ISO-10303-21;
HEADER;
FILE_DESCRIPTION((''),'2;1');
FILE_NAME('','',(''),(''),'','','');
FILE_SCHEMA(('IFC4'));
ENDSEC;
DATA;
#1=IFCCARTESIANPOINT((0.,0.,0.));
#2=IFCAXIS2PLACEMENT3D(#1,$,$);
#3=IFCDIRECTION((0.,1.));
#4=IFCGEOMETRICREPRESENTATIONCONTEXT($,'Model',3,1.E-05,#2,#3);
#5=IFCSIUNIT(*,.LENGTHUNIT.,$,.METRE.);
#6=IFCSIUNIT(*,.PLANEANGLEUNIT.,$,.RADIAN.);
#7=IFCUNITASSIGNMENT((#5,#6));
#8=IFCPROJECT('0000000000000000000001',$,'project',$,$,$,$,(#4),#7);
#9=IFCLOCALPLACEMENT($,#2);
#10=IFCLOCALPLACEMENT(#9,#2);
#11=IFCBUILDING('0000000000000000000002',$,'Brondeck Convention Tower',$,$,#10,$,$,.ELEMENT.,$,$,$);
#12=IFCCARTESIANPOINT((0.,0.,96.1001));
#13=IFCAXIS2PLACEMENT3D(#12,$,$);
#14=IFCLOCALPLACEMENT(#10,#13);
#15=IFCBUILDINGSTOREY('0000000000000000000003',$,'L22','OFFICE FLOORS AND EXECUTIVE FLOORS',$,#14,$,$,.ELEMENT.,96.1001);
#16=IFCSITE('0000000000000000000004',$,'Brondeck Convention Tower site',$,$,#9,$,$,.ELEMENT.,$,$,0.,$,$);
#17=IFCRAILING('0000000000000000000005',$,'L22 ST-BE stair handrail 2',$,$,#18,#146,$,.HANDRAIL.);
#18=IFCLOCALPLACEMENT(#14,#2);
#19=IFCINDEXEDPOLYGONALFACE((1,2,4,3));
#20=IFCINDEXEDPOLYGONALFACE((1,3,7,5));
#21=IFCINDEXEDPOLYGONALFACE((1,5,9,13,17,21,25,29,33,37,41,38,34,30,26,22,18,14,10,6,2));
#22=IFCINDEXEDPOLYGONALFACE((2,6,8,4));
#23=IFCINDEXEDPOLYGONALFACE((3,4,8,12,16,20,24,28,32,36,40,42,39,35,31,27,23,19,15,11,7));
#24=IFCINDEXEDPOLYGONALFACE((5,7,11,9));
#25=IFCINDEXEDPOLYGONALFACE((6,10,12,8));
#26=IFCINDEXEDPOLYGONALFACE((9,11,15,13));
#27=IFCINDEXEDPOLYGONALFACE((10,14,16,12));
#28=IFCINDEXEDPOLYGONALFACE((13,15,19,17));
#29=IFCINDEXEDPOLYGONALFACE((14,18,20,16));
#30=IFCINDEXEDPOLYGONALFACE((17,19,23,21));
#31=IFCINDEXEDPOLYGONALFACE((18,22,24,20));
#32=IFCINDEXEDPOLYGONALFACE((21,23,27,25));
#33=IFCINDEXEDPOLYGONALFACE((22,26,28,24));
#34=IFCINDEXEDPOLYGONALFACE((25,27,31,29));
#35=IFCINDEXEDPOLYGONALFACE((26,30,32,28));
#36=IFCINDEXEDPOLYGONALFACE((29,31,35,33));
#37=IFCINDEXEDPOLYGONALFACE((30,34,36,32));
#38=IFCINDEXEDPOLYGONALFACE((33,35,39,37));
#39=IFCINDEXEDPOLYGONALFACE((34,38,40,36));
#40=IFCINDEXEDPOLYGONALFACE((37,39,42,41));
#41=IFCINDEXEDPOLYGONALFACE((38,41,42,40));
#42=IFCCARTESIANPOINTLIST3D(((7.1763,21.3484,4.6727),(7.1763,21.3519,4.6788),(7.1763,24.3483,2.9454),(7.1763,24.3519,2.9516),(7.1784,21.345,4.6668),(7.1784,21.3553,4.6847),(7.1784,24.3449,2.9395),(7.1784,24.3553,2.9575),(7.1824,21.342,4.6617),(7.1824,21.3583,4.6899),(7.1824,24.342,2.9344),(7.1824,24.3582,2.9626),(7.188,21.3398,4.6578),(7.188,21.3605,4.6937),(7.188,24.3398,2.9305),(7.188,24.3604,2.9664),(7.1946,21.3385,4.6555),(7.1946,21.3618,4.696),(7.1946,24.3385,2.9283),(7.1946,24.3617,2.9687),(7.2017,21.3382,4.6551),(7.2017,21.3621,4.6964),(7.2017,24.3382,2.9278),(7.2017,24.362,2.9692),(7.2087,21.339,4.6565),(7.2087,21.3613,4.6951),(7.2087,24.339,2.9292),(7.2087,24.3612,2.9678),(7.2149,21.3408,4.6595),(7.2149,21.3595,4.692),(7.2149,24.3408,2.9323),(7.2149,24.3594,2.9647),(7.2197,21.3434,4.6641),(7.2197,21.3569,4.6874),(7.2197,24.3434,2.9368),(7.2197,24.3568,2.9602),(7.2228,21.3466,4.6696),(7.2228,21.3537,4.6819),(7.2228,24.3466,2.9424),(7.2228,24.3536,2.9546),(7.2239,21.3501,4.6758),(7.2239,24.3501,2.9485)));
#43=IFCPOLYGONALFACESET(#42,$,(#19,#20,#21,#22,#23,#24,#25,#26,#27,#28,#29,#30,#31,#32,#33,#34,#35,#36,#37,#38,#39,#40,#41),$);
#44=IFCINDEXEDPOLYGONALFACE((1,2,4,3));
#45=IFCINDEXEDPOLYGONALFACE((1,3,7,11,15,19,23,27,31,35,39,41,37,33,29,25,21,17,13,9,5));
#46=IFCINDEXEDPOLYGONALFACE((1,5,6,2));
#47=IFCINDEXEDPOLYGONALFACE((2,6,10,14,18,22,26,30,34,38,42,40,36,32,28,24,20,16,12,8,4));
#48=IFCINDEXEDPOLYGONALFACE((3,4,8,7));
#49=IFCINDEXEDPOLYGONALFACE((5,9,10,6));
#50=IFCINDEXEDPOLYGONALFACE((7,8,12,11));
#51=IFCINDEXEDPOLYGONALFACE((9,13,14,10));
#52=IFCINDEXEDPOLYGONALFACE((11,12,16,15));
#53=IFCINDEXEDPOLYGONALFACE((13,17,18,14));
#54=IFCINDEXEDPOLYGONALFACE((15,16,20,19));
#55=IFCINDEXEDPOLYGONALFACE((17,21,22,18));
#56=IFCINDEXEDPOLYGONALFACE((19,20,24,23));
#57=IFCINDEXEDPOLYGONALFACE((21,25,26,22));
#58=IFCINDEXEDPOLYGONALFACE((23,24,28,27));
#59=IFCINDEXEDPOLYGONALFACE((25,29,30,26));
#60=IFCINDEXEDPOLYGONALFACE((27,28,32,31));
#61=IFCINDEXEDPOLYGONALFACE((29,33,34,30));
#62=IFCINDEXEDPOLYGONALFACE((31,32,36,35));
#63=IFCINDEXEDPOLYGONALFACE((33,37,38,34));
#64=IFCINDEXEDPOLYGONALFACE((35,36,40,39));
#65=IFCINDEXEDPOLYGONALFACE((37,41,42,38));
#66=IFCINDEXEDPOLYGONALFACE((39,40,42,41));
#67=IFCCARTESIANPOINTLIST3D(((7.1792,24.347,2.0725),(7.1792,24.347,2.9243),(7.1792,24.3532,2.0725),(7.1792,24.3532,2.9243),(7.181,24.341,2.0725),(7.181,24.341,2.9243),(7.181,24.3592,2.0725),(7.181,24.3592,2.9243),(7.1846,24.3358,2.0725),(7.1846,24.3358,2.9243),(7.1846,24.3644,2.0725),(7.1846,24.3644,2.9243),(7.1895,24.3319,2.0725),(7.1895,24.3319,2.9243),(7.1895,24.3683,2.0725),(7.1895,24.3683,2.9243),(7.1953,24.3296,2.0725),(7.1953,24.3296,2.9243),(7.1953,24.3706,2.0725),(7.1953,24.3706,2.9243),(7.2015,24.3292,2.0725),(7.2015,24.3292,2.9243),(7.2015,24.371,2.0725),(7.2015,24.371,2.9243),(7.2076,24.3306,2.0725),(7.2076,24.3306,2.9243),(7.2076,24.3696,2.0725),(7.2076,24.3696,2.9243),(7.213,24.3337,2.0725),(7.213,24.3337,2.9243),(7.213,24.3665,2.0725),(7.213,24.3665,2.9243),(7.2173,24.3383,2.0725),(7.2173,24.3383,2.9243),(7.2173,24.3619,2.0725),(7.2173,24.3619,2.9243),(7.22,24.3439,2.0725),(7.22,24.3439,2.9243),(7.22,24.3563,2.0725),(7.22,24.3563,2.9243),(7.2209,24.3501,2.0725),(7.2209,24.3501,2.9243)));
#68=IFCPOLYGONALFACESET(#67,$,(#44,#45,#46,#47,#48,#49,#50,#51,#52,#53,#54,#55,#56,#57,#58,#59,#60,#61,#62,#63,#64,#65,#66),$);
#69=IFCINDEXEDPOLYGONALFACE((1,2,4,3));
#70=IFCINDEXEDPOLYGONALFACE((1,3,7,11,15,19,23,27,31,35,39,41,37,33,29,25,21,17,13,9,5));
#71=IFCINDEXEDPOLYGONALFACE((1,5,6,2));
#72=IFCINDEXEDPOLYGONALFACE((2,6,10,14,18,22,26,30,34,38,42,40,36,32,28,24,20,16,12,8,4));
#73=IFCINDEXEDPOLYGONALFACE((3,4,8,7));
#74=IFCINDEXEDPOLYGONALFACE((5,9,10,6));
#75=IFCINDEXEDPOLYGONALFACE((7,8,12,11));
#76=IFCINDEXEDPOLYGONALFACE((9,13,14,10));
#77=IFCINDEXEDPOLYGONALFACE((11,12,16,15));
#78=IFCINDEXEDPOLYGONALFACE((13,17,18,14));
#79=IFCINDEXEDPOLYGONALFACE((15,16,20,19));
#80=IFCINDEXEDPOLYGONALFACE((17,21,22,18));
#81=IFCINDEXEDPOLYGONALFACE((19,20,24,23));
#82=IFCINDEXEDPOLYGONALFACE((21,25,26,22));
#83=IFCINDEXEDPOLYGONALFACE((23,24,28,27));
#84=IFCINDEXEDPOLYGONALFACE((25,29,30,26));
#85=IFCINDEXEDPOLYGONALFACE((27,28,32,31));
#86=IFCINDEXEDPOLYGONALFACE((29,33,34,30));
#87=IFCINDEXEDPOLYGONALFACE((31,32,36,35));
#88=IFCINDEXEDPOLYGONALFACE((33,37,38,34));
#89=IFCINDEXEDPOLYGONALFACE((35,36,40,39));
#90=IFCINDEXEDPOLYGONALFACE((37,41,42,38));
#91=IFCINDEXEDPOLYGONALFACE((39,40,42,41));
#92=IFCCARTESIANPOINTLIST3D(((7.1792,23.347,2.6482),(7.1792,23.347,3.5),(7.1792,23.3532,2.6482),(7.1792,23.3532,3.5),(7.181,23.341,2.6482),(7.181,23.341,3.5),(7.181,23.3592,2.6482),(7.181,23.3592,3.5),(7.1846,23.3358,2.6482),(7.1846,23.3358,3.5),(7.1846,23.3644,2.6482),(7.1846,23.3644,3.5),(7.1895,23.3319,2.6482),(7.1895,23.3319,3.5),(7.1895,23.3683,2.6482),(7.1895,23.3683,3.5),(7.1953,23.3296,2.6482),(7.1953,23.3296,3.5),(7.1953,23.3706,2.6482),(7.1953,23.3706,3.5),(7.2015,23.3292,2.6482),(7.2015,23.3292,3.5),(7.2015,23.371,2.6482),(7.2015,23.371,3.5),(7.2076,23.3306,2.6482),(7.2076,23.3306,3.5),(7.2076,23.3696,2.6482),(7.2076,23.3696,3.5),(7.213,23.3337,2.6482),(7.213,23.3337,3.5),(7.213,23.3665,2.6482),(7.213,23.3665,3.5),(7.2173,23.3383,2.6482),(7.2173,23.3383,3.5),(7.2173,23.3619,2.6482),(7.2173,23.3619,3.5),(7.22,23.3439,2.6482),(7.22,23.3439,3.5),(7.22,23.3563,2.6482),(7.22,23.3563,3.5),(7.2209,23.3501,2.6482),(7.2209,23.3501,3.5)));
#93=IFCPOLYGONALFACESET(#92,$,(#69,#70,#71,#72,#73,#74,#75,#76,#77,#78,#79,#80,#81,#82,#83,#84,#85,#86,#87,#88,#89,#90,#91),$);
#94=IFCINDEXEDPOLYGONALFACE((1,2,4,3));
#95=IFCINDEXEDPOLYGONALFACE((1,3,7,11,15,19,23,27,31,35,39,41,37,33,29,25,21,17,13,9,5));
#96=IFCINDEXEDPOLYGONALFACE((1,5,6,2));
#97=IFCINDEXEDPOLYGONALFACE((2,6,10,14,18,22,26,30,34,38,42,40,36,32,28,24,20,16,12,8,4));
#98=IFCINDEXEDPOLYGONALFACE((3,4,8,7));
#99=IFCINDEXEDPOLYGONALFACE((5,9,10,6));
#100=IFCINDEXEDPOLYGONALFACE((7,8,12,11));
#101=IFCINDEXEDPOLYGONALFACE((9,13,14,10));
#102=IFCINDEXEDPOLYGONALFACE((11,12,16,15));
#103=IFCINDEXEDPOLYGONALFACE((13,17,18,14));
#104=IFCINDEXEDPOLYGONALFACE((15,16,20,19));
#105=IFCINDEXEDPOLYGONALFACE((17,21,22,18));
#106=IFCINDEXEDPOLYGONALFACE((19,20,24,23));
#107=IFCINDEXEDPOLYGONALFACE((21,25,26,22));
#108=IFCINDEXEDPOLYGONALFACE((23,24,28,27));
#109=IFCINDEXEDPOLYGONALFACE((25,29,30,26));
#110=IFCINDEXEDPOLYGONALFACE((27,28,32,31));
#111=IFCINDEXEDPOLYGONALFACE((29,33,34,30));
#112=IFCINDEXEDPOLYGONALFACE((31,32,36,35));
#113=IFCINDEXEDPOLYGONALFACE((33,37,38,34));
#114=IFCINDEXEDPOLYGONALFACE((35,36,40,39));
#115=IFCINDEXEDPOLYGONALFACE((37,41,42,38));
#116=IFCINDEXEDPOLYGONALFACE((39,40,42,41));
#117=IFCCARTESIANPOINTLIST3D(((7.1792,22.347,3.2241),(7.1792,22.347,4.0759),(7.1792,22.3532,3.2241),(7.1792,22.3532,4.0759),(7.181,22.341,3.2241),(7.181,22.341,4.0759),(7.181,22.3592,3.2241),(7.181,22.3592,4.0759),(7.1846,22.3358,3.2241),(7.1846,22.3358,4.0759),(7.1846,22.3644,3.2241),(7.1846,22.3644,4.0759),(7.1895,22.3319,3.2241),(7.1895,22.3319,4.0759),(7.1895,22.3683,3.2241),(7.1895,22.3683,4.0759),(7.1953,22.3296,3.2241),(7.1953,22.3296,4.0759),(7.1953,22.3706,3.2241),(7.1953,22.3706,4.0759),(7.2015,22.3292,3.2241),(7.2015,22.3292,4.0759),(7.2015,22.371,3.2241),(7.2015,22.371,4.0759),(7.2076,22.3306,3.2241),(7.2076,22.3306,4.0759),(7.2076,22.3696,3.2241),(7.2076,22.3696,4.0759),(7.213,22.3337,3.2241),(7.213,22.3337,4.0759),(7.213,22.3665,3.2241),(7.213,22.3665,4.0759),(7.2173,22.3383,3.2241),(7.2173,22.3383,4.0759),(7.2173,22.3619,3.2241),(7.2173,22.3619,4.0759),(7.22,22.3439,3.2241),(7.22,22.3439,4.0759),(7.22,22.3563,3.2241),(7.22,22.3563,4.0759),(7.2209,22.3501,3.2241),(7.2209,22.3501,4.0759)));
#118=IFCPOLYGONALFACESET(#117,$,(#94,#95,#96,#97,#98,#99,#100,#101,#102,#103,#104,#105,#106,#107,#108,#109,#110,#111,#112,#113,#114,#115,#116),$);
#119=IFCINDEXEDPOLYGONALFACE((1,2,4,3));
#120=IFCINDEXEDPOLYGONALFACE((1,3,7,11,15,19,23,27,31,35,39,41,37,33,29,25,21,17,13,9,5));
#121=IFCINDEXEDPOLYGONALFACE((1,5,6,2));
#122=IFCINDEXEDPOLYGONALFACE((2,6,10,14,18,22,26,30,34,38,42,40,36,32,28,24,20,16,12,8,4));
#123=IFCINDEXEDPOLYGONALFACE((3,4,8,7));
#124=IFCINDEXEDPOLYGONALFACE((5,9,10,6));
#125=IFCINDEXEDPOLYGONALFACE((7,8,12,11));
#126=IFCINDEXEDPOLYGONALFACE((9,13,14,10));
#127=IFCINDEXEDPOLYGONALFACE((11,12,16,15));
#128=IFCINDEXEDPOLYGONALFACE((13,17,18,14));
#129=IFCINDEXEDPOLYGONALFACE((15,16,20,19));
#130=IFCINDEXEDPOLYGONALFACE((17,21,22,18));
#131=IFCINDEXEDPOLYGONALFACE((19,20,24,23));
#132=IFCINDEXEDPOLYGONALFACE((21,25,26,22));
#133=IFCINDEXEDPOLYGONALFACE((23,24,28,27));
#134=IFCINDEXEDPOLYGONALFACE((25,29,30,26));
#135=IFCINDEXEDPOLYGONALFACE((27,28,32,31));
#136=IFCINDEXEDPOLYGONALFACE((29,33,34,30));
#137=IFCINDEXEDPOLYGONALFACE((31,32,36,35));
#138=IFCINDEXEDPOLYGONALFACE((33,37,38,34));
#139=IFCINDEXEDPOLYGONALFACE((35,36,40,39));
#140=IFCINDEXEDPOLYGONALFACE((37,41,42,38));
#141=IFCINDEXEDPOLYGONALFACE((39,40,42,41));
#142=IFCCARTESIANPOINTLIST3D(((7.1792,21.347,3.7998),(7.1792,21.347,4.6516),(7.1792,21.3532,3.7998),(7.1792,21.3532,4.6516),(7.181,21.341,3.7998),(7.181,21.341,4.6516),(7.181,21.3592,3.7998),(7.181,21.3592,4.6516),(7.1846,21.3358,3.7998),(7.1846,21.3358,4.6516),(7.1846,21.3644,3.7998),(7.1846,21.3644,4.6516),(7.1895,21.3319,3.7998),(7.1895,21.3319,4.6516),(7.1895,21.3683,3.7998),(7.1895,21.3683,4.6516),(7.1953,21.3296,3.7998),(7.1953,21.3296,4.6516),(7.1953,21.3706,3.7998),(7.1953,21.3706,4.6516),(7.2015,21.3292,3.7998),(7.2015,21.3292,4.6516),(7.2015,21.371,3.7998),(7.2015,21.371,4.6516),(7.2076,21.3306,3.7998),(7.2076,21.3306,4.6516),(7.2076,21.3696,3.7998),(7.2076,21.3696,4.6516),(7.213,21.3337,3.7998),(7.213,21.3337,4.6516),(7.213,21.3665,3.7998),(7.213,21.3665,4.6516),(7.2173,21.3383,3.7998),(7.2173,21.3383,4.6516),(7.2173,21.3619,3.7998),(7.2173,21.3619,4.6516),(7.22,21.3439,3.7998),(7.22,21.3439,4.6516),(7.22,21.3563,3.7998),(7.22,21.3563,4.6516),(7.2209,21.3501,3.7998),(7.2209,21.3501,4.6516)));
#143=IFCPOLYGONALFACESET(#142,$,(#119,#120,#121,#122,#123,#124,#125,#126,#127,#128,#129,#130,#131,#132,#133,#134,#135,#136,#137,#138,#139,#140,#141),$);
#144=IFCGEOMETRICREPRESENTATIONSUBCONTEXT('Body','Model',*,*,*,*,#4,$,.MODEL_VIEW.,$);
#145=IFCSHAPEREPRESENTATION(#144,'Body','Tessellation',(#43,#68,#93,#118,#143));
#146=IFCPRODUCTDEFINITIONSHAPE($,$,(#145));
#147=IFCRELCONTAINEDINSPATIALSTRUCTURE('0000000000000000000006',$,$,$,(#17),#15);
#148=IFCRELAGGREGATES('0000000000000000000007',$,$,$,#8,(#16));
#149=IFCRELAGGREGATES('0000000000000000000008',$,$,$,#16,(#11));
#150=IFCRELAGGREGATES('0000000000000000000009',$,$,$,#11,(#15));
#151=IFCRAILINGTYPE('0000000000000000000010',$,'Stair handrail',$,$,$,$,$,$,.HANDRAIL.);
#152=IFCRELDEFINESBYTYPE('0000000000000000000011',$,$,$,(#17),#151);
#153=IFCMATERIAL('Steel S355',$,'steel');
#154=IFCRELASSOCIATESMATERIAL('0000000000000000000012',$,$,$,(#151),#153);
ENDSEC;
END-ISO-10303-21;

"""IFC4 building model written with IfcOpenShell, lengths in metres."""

from ifc_helpers import new_model, si_unit, direction, frame, origin, origin_2d, place, context, subcontext, project, spatial, circle, extrude, material, type_object, element, save


model = new_model("IFC4")

# Units and contexts
model_context = context("Model", 3, precision=1e-05, world=origin(), true_north=direction((0.0, 1.0)))
body_context = subcontext(model_context, "Body", "Model", "MODEL_VIEW")
ifc_project = project(units=[si_unit("LENGTHUNIT", "METRE"), si_unit("PLANEANGLEUNIT", "RADIAN")], contexts=[model_context])

# Site, building, storey
site_placement = place(None, origin())
site = spatial("IfcSite", under=ifc_project, at=site_placement, Name="Brondeck Convention Tower site", CompositionType="ELEMENT", RefElevation=0.0)
building_placement = place(site_placement, origin())
building = spatial("IfcBuilding", under=site, at=building_placement, Name="Brondeck Convention Tower", CompositionType="ELEMENT")
storey_placement = place(building_placement, frame((0.0, 0.0, 96.1001)))
storey = spatial("IfcBuildingStorey", under=building, at=storey_placement, Name="L22", Description="OFFICE FLOORS AND EXECUTIVE FLOORS", CompositionType="ELEMENT", Elevation=96.1001)

# Shared definitions
ifc_material_1 = material(Name="Steel S355", Category="steel")

# Railing
railing_type_1 = type_object("IfcRailingType", Name="Stair handrail", PredefinedType="HANDRAIL", material=ifc_material_1)
railing_1_placement = place(storey_placement, frame((7.2, 24.3501, 2.0725)))
element("IfcRailing", 1, at=railing_1_placement, inside=storey, type_object=railing_type_1, Name="L22 ST-BE stair handrail 2", PredefinedType="HANDRAIL", context=body_context, shape_type="SweptSolid", body=[
    extrude(circle(Radius=0.0239, at=origin_2d()), frame((0.0, 0.0, 0.876), z_axis=(0.0, -0.86662, 0.498969), x_axis=(1.0, 0.0, 0.0)), (0.0, 0.0, 1.0), 3.4617),
    extrude(circle(Radius=0.021, at=origin_2d()), origin(), (0.0, 0.0, 1.0), 0.8518),
    extrude(circle(Radius=0.021, at=origin_2d()), frame((0.0, -1.0, 0.5757)), (0.0, 0.0, 1.0), 0.8518),
    extrude(circle(Radius=0.021, at=origin_2d()), frame((0.0, -2.0, 1.1516)), (0.0, 0.0, 1.0), 0.8518),
    extrude(circle(Radius=0.021, at=origin_2d()), frame((0.0, -3.0, 1.7273)), (0.0, 0.0, 1.0), 0.8518),
])

save(model, "model.ifc")
